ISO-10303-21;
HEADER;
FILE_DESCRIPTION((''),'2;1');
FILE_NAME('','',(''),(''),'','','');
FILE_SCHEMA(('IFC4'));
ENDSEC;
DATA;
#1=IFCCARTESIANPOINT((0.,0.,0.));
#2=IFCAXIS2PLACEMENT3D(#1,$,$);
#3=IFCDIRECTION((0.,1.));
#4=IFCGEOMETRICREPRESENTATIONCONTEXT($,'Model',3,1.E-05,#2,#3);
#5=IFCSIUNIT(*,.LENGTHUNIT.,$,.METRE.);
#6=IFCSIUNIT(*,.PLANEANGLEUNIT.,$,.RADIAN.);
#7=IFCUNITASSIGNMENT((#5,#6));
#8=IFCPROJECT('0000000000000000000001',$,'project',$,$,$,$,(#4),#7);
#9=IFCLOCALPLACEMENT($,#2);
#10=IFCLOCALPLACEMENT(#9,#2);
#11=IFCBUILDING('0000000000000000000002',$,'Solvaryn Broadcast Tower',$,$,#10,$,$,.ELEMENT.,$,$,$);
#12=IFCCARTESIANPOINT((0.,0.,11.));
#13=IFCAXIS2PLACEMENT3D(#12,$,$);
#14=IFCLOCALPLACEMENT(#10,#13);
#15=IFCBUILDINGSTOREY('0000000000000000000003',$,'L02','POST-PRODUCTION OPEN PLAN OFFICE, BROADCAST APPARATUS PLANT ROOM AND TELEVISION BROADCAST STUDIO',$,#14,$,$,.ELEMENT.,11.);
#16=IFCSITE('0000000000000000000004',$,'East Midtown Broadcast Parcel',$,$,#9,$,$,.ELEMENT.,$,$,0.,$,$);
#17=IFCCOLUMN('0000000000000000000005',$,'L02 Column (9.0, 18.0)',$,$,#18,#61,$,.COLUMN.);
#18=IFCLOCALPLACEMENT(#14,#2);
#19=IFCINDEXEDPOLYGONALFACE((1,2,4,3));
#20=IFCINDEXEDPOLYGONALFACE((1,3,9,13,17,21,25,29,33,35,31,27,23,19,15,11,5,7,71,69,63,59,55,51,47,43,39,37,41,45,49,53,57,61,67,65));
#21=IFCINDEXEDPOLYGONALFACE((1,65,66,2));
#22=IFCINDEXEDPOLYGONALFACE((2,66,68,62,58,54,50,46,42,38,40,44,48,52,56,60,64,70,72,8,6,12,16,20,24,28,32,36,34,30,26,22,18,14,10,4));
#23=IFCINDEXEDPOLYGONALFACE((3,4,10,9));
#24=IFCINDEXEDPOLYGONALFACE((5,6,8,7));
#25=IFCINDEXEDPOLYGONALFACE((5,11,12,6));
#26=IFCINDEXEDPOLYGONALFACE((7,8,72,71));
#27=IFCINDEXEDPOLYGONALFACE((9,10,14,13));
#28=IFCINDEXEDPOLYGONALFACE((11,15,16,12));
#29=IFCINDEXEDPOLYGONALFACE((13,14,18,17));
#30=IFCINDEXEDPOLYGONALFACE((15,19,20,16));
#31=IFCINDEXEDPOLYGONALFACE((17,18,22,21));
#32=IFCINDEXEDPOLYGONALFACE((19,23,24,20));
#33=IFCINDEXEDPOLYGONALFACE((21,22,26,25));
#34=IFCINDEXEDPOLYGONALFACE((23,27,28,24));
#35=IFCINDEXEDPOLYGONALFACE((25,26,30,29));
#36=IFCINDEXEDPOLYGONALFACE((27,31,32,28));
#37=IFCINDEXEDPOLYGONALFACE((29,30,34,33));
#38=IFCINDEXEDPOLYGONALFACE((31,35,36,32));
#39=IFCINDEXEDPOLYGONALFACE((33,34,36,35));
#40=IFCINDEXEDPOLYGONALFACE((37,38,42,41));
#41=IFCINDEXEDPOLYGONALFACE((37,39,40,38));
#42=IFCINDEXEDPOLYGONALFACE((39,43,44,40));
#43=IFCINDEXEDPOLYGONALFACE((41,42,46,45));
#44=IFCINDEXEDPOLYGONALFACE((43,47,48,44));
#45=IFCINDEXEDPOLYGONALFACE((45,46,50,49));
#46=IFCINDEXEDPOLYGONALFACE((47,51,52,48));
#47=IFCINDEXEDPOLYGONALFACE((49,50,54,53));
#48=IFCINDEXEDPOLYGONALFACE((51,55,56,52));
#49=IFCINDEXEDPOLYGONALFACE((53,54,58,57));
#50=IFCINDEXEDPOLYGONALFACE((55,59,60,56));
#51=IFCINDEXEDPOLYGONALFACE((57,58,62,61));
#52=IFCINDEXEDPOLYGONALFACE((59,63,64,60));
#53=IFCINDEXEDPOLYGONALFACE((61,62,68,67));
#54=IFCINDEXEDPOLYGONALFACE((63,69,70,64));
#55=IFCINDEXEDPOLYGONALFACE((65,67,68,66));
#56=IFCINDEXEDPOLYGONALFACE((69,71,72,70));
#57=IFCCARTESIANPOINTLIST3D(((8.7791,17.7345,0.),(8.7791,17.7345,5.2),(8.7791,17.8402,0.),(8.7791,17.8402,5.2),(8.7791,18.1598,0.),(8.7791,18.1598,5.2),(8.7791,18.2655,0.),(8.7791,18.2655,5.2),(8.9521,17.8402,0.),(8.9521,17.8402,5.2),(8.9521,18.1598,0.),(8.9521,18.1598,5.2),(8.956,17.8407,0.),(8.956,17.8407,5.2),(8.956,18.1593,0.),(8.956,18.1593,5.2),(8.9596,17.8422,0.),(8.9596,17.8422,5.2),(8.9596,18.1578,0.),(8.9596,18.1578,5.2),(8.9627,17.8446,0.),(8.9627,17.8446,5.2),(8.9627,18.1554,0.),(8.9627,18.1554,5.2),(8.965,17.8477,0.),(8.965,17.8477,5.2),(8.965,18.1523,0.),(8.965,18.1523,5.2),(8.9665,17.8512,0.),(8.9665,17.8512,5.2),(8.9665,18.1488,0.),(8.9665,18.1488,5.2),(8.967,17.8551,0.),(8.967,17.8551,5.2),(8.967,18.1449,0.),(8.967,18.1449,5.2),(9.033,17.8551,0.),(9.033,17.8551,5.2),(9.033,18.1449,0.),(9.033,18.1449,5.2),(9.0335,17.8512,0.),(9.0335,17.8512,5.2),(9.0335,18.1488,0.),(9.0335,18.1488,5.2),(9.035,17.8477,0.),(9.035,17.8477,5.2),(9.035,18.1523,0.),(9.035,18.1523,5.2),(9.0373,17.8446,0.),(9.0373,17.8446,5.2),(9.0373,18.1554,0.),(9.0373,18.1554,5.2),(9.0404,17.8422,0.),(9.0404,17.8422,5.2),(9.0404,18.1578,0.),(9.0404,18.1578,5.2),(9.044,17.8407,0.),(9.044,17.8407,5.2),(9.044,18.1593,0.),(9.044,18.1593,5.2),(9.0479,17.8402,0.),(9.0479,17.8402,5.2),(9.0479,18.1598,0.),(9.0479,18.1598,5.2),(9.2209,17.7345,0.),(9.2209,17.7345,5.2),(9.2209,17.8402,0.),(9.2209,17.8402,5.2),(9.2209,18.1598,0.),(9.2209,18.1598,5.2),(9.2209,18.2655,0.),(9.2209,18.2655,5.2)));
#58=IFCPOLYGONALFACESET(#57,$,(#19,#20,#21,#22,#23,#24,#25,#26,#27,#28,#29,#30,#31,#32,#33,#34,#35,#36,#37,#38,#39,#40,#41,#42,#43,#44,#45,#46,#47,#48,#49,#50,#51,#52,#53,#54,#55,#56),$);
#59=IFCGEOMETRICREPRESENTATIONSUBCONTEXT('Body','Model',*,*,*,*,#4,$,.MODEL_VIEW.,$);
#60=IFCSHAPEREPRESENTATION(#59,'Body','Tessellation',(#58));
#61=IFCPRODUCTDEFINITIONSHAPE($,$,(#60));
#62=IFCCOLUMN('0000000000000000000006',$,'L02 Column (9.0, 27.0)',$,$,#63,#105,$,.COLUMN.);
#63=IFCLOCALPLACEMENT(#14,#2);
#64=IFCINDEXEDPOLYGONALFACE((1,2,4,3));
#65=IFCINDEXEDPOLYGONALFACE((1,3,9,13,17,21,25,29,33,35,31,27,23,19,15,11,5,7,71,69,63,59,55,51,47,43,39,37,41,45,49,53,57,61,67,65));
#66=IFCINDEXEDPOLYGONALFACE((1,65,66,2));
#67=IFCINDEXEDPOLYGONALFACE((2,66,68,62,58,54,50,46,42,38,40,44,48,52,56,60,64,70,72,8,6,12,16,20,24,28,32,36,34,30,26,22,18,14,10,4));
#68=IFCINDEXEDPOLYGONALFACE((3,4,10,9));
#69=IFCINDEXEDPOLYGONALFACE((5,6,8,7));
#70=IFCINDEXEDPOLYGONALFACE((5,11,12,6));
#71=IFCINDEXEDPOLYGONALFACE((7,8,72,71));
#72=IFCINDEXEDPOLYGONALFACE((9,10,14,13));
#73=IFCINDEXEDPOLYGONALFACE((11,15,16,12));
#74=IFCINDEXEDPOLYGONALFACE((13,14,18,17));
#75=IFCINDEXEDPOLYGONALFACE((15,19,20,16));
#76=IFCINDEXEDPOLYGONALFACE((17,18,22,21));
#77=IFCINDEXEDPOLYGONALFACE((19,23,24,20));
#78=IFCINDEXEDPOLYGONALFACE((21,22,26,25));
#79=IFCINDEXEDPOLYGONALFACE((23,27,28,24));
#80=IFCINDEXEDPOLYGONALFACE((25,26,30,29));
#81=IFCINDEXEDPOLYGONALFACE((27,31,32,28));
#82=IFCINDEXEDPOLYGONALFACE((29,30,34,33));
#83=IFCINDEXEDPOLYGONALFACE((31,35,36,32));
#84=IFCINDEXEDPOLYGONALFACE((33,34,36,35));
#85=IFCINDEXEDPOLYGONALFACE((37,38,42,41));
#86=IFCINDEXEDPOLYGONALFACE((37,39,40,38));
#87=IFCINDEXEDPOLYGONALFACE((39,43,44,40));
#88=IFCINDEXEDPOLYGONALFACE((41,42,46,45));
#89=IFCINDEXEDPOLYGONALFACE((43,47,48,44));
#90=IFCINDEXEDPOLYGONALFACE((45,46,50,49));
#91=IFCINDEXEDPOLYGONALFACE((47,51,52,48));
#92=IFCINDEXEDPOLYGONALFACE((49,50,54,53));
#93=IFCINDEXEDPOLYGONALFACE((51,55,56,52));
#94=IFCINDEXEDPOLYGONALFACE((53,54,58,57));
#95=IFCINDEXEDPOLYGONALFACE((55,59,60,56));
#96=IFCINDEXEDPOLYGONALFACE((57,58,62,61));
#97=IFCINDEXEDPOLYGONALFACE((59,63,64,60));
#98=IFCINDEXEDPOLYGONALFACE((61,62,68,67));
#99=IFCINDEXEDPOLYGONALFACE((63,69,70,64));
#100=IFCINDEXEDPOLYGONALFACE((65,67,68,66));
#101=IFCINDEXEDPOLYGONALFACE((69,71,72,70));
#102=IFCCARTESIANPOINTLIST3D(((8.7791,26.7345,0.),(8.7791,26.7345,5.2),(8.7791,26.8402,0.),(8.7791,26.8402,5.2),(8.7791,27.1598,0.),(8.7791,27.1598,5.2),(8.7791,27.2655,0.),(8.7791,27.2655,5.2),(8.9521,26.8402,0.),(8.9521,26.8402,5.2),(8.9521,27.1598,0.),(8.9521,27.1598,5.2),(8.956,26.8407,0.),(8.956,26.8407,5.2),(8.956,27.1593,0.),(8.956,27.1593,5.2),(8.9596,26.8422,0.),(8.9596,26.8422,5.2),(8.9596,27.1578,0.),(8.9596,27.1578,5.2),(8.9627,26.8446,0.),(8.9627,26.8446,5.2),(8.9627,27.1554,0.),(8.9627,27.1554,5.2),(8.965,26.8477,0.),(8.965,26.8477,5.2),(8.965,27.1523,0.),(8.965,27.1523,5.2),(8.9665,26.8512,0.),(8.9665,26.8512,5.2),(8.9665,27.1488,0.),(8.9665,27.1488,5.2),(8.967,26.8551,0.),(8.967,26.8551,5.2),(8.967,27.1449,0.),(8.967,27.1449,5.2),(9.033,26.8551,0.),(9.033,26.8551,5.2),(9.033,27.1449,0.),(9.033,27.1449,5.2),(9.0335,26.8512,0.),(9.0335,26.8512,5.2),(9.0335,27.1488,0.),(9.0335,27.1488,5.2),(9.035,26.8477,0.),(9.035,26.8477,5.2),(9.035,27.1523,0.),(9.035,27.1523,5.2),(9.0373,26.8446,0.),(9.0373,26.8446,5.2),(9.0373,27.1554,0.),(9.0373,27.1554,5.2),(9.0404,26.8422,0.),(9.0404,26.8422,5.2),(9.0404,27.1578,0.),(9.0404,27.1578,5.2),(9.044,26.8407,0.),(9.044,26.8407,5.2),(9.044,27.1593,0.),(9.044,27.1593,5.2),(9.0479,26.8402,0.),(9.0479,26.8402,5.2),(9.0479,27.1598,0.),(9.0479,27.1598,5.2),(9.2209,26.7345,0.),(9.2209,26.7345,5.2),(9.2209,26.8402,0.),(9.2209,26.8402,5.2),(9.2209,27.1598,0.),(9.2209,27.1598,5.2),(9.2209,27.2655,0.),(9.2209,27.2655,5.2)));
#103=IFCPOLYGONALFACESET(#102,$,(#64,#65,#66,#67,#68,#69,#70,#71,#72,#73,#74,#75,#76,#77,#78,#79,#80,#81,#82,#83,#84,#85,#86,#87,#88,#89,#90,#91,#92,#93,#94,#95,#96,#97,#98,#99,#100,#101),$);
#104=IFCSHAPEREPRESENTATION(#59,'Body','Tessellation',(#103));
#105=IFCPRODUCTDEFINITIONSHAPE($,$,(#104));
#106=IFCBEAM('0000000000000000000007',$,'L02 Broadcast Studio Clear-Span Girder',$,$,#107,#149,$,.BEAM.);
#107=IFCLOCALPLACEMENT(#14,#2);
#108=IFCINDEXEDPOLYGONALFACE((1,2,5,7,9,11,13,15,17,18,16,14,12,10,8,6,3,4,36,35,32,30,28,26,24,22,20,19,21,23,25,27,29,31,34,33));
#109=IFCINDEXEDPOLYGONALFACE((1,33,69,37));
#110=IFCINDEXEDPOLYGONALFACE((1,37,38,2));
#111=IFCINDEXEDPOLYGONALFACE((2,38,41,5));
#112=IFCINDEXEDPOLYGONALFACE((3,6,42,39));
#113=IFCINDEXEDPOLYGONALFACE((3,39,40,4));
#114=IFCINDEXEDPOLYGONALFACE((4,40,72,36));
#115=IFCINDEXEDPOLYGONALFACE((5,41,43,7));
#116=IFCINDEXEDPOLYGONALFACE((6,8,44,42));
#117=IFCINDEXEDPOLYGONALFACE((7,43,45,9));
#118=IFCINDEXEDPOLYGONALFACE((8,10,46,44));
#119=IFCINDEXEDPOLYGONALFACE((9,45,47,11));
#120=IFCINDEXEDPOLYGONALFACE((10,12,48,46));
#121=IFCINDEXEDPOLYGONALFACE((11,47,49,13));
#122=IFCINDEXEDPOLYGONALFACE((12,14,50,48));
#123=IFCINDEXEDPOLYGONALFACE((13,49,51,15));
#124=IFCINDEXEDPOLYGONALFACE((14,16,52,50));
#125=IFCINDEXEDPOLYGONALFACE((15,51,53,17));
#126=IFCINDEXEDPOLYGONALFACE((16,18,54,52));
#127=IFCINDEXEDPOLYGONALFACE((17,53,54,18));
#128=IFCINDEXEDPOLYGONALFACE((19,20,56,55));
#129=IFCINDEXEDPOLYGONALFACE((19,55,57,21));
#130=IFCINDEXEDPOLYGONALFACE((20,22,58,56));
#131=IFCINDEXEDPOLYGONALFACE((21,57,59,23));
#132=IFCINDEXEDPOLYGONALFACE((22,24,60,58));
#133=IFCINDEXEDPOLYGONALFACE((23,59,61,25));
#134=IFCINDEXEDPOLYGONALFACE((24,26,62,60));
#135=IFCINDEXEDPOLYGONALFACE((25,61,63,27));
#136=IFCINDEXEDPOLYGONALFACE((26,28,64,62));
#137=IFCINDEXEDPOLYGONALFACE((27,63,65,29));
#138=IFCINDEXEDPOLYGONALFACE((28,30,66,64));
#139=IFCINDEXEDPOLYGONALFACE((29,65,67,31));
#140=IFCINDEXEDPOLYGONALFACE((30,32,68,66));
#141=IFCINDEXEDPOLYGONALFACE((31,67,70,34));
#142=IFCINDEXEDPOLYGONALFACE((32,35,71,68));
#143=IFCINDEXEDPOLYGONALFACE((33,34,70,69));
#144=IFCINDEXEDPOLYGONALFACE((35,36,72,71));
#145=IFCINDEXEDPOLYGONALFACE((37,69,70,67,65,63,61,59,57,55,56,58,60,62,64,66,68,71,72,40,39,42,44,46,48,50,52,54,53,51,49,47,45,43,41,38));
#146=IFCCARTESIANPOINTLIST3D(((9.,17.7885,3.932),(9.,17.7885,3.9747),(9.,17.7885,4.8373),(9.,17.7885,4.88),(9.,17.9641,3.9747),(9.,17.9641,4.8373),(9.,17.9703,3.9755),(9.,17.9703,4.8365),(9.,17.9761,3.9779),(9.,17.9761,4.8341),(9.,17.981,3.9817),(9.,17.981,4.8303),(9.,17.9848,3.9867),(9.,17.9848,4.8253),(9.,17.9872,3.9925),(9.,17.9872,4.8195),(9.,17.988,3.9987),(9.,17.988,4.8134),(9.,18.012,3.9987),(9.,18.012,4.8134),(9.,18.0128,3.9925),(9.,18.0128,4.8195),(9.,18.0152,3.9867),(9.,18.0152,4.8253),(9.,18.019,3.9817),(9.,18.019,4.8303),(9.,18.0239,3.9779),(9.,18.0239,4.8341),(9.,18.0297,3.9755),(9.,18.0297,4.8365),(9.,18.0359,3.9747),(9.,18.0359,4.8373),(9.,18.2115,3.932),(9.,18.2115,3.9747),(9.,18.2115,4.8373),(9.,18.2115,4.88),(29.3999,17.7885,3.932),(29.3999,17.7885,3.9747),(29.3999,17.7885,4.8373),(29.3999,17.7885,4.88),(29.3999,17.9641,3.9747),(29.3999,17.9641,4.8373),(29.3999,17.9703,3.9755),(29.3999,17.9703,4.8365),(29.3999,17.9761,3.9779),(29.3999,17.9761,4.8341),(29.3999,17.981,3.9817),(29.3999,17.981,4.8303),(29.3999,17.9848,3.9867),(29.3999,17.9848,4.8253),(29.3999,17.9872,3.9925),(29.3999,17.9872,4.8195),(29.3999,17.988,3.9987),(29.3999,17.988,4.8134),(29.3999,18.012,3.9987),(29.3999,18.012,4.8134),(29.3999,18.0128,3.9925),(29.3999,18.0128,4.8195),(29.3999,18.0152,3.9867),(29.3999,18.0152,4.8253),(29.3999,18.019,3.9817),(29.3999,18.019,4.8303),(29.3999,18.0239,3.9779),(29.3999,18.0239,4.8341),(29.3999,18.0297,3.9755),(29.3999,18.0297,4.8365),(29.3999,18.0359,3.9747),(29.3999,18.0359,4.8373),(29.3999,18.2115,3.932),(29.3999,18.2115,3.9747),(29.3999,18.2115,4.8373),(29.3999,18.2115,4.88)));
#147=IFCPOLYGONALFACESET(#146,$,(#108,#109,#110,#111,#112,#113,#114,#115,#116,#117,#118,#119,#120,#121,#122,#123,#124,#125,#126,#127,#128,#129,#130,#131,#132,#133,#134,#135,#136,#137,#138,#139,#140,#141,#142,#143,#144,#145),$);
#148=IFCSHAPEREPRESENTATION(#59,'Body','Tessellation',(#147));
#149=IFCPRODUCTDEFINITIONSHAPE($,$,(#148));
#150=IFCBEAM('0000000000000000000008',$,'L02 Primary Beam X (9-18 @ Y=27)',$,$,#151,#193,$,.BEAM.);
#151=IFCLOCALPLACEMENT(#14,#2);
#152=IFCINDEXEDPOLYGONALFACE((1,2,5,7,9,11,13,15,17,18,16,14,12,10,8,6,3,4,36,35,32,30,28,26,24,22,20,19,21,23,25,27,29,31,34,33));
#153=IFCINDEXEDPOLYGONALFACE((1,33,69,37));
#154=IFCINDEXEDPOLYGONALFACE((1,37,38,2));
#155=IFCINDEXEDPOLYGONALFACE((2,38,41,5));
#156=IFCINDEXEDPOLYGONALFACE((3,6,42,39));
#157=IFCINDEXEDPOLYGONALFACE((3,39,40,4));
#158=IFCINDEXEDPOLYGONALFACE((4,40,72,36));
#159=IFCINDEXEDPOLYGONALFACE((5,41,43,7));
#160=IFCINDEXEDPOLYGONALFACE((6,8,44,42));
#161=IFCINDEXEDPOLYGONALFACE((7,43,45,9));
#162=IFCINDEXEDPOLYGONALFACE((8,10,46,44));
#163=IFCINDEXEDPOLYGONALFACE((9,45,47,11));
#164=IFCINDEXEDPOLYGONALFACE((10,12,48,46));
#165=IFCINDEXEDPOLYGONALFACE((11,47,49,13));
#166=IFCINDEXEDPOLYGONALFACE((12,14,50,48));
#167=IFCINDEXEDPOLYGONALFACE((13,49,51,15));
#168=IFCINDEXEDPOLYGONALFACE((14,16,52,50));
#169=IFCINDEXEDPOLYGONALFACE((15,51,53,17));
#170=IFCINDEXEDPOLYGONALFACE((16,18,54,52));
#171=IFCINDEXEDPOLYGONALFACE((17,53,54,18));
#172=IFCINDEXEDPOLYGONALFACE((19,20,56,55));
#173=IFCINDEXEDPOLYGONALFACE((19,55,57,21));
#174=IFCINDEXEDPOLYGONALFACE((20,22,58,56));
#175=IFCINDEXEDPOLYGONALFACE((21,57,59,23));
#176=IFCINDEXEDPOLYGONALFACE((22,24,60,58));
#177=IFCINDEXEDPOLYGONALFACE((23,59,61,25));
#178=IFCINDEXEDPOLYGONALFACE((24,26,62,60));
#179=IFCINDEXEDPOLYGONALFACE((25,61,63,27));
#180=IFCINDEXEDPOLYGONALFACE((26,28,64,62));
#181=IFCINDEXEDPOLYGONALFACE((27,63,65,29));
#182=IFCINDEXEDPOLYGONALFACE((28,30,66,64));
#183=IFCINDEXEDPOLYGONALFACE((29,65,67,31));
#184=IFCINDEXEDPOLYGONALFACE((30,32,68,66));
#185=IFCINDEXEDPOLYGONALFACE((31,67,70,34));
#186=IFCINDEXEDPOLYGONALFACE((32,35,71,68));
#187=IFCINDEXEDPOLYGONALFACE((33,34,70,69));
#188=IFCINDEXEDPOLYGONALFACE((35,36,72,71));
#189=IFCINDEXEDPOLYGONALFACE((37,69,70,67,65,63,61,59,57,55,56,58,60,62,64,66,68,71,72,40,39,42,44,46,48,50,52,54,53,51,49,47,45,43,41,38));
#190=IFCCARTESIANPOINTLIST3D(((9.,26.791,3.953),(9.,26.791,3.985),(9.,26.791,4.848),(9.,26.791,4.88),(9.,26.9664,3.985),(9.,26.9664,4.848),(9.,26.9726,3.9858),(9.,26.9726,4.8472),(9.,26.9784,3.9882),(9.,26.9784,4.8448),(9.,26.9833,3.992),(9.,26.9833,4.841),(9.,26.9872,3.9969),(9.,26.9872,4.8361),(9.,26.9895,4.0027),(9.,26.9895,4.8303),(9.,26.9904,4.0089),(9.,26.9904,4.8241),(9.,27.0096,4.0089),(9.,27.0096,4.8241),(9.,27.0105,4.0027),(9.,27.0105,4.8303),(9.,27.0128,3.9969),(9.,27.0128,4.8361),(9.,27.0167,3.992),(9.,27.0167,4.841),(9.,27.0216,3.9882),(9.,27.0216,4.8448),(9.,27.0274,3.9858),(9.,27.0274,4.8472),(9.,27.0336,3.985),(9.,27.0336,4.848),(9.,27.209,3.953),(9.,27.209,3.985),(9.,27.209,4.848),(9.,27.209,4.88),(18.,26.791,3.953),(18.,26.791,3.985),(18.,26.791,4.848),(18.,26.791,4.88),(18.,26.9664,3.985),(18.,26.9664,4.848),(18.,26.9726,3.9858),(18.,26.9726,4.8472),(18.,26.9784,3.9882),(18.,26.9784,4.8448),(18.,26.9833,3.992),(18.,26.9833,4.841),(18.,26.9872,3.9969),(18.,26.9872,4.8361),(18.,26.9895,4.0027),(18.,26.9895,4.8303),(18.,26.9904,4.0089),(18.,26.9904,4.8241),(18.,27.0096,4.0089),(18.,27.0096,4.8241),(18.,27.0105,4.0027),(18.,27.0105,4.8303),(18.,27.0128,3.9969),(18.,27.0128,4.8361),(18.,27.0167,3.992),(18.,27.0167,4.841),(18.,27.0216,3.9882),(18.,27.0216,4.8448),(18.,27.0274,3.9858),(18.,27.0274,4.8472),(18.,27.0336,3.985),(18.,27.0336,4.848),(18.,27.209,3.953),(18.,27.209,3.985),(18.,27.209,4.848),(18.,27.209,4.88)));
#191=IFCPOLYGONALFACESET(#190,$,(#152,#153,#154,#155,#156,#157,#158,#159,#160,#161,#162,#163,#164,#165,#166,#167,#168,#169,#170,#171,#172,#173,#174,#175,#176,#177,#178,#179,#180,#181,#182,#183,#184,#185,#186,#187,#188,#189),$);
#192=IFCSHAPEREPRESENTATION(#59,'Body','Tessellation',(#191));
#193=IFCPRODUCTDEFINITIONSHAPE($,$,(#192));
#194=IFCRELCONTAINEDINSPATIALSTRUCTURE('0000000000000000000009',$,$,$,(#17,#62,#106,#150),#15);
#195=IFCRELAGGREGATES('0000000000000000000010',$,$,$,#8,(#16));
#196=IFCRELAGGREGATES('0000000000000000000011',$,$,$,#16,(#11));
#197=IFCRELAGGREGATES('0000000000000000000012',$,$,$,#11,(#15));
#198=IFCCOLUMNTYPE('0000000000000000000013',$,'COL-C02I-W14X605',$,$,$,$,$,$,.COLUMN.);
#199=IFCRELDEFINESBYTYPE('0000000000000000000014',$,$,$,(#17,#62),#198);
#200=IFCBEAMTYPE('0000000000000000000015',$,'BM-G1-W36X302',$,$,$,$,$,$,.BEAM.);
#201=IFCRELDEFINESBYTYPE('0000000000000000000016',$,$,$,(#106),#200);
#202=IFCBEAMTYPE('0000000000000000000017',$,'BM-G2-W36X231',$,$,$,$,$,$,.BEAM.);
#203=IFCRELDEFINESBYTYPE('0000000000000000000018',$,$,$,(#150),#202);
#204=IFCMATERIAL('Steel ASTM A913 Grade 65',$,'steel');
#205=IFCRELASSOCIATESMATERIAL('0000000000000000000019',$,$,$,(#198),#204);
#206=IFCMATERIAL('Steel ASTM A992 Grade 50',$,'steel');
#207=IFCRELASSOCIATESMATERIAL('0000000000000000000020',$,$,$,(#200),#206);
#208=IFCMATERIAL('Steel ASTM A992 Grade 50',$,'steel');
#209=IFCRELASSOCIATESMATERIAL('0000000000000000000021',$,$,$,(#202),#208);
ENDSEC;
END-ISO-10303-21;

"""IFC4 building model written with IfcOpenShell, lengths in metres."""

from ifc_helpers import new_model, si_unit, direction, frame, origin, origin_2d, place, context, subcontext, project, spatial, i_section, extrude, material, material_profile, profile_set, type_object, element, save


model = new_model("IFC4")

# Units and contexts
model_context = context("Model", 3, precision=1e-05, world=origin(), true_north=direction((0.0, 1.0)))
body_context = subcontext(model_context, "Body", "Model", "MODEL_VIEW")
ifc_project = project(units=[si_unit("LENGTHUNIT", "METRE"), si_unit("PLANEANGLEUNIT", "RADIAN")], contexts=[model_context])

# Site, building, storey
site_placement = place(None, origin())
site = spatial("IfcSite", under=ifc_project, at=site_placement, Name="East Midtown Broadcast Parcel", CompositionType="ELEMENT", RefElevation=0.0)
building_placement = place(site_placement, origin())
building = spatial("IfcBuilding", under=site, at=building_placement, Name="Solvaryn Broadcast Tower", CompositionType="ELEMENT")
storey_placement = place(building_placement, frame((0.0, 0.0, 11.0)))
storey = spatial("IfcBuildingStorey", under=building, at=storey_placement, Name="L02", Description="POST-PRODUCTION OPEN PLAN OFFICE, BROADCAST APPARATUS PLANT ROOM AND TELEVISION BROADCAST STUDIO", CompositionType="ELEMENT", Elevation=11.0)

# Columns
ifc_material_1 = material(Name="Steel ASTM A913 Grade 65", Category="steel")
ifc_material_profile_1 = material_profile(ifc_material_1, i_section(OverallWidth=0.4419, OverallDepth=0.531, WebThickness=0.0659, FlangeThickness=0.1057, FilletRadius=0.0149, at=origin_2d()))
ifc_profile_set_1 = profile_set([ifc_material_profile_1], Name="Steel ASTM A913 Grade 65")
column_type = type_object("IfcColumnType", Name="COL-C02I-W14X605", PredefinedType="COLUMN", material=ifc_profile_set_1)
for number, where, z_axis, x_axis, name in (
    (1, (9.0, 18.0, 0.0), (0.0, 0.0, 1.0), (1.0, 0.0, 0.0), "L02 Column (9.0, 18.0)"),
    (2, (9.0, 27.0, 0.0), (0.0, 0.0, 1.0), (1.0, 0.0, 0.0), "L02 Column (9.0, 27.0)"),
):
    element("IfcColumn", number, at=place(storey_placement, frame(where, z_axis=z_axis, x_axis=x_axis)), inside=storey, type_object=column_type, Name=name, PredefinedType="COLUMN", context=body_context, shape_type="SweptSolid", body=[
        extrude(i_section(OverallWidth=0.4419, OverallDepth=0.531, WebThickness=0.0659, FlangeThickness=0.1057, FilletRadius=0.0149, at=origin_2d()), origin(), (0.0, 0.0, 1.0), 5.2),
    ])

# Beams
ifc_material_2 = material(Name="Steel ASTM A992 Grade 50", Category="steel")
ifc_material_profile_2 = material_profile(ifc_material_2, i_section(OverallWidth=0.4231, OverallDepth=0.948, WebThickness=0.0239, FlangeThickness=0.0427, FilletRadius=0.0239, at=origin_2d()))
ifc_profile_set_2 = profile_set([ifc_material_profile_2], Name="Steel ASTM A992 Grade 50")
beam_type_1 = type_object("IfcBeamType", Name="BM-G1-W36X302", PredefinedType="BEAM", material=ifc_profile_set_2)
beam_1_placement = place(storey_placement, frame((9.0, 18.0, 4.406), z_axis=(1.0, 0.0, 0.0), x_axis=(0.0, 1.0, 0.0)))
element("IfcBeam", 3, at=beam_1_placement, inside=storey, type_object=beam_type_1, Name="L02 Broadcast Studio Clear-Span Girder", PredefinedType="BEAM", context=body_context, shape_type="SweptSolid", body=[
    extrude(i_section(OverallWidth=0.4231, OverallDepth=0.948, WebThickness=0.0239, FlangeThickness=0.0427, FilletRadius=0.0239, at=origin_2d()), origin(), (0.0, 0.0, 1.0), 20.3999),
])
ifc_material_3 = material(Name="Steel ASTM A992 Grade 50", Category="steel")
ifc_material_profile_3 = material_profile(ifc_material_3, i_section(OverallWidth=0.418, OverallDepth=0.927, WebThickness=0.0193, FlangeThickness=0.032, FilletRadius=0.0239, at=origin_2d()))
ifc_profile_set_3 = profile_set([ifc_material_profile_3], Name="Steel ASTM A992 Grade 50")
beam_type_2 = type_object("IfcBeamType", Name="BM-G2-W36X231", PredefinedType="BEAM", material=ifc_profile_set_3)
beam_2_placement = place(storey_placement, frame((9.0, 27.0, 4.4165), z_axis=(1.0, 0.0, 0.0), x_axis=(0.0, 1.0, 0.0)))
element("IfcBeam", 4, at=beam_2_placement, inside=storey, type_object=beam_type_2, Name="L02 Primary Beam X (9-18 @ Y=27)", PredefinedType="BEAM", context=body_context, shape_type="SweptSolid", body=[
    extrude(i_section(OverallWidth=0.418, OverallDepth=0.927, WebThickness=0.0193, FlangeThickness=0.032, FilletRadius=0.0239, at=origin_2d()), origin(), (0.0, 0.0, 1.0), 9.0),
])

save(model, "model.ifc")
